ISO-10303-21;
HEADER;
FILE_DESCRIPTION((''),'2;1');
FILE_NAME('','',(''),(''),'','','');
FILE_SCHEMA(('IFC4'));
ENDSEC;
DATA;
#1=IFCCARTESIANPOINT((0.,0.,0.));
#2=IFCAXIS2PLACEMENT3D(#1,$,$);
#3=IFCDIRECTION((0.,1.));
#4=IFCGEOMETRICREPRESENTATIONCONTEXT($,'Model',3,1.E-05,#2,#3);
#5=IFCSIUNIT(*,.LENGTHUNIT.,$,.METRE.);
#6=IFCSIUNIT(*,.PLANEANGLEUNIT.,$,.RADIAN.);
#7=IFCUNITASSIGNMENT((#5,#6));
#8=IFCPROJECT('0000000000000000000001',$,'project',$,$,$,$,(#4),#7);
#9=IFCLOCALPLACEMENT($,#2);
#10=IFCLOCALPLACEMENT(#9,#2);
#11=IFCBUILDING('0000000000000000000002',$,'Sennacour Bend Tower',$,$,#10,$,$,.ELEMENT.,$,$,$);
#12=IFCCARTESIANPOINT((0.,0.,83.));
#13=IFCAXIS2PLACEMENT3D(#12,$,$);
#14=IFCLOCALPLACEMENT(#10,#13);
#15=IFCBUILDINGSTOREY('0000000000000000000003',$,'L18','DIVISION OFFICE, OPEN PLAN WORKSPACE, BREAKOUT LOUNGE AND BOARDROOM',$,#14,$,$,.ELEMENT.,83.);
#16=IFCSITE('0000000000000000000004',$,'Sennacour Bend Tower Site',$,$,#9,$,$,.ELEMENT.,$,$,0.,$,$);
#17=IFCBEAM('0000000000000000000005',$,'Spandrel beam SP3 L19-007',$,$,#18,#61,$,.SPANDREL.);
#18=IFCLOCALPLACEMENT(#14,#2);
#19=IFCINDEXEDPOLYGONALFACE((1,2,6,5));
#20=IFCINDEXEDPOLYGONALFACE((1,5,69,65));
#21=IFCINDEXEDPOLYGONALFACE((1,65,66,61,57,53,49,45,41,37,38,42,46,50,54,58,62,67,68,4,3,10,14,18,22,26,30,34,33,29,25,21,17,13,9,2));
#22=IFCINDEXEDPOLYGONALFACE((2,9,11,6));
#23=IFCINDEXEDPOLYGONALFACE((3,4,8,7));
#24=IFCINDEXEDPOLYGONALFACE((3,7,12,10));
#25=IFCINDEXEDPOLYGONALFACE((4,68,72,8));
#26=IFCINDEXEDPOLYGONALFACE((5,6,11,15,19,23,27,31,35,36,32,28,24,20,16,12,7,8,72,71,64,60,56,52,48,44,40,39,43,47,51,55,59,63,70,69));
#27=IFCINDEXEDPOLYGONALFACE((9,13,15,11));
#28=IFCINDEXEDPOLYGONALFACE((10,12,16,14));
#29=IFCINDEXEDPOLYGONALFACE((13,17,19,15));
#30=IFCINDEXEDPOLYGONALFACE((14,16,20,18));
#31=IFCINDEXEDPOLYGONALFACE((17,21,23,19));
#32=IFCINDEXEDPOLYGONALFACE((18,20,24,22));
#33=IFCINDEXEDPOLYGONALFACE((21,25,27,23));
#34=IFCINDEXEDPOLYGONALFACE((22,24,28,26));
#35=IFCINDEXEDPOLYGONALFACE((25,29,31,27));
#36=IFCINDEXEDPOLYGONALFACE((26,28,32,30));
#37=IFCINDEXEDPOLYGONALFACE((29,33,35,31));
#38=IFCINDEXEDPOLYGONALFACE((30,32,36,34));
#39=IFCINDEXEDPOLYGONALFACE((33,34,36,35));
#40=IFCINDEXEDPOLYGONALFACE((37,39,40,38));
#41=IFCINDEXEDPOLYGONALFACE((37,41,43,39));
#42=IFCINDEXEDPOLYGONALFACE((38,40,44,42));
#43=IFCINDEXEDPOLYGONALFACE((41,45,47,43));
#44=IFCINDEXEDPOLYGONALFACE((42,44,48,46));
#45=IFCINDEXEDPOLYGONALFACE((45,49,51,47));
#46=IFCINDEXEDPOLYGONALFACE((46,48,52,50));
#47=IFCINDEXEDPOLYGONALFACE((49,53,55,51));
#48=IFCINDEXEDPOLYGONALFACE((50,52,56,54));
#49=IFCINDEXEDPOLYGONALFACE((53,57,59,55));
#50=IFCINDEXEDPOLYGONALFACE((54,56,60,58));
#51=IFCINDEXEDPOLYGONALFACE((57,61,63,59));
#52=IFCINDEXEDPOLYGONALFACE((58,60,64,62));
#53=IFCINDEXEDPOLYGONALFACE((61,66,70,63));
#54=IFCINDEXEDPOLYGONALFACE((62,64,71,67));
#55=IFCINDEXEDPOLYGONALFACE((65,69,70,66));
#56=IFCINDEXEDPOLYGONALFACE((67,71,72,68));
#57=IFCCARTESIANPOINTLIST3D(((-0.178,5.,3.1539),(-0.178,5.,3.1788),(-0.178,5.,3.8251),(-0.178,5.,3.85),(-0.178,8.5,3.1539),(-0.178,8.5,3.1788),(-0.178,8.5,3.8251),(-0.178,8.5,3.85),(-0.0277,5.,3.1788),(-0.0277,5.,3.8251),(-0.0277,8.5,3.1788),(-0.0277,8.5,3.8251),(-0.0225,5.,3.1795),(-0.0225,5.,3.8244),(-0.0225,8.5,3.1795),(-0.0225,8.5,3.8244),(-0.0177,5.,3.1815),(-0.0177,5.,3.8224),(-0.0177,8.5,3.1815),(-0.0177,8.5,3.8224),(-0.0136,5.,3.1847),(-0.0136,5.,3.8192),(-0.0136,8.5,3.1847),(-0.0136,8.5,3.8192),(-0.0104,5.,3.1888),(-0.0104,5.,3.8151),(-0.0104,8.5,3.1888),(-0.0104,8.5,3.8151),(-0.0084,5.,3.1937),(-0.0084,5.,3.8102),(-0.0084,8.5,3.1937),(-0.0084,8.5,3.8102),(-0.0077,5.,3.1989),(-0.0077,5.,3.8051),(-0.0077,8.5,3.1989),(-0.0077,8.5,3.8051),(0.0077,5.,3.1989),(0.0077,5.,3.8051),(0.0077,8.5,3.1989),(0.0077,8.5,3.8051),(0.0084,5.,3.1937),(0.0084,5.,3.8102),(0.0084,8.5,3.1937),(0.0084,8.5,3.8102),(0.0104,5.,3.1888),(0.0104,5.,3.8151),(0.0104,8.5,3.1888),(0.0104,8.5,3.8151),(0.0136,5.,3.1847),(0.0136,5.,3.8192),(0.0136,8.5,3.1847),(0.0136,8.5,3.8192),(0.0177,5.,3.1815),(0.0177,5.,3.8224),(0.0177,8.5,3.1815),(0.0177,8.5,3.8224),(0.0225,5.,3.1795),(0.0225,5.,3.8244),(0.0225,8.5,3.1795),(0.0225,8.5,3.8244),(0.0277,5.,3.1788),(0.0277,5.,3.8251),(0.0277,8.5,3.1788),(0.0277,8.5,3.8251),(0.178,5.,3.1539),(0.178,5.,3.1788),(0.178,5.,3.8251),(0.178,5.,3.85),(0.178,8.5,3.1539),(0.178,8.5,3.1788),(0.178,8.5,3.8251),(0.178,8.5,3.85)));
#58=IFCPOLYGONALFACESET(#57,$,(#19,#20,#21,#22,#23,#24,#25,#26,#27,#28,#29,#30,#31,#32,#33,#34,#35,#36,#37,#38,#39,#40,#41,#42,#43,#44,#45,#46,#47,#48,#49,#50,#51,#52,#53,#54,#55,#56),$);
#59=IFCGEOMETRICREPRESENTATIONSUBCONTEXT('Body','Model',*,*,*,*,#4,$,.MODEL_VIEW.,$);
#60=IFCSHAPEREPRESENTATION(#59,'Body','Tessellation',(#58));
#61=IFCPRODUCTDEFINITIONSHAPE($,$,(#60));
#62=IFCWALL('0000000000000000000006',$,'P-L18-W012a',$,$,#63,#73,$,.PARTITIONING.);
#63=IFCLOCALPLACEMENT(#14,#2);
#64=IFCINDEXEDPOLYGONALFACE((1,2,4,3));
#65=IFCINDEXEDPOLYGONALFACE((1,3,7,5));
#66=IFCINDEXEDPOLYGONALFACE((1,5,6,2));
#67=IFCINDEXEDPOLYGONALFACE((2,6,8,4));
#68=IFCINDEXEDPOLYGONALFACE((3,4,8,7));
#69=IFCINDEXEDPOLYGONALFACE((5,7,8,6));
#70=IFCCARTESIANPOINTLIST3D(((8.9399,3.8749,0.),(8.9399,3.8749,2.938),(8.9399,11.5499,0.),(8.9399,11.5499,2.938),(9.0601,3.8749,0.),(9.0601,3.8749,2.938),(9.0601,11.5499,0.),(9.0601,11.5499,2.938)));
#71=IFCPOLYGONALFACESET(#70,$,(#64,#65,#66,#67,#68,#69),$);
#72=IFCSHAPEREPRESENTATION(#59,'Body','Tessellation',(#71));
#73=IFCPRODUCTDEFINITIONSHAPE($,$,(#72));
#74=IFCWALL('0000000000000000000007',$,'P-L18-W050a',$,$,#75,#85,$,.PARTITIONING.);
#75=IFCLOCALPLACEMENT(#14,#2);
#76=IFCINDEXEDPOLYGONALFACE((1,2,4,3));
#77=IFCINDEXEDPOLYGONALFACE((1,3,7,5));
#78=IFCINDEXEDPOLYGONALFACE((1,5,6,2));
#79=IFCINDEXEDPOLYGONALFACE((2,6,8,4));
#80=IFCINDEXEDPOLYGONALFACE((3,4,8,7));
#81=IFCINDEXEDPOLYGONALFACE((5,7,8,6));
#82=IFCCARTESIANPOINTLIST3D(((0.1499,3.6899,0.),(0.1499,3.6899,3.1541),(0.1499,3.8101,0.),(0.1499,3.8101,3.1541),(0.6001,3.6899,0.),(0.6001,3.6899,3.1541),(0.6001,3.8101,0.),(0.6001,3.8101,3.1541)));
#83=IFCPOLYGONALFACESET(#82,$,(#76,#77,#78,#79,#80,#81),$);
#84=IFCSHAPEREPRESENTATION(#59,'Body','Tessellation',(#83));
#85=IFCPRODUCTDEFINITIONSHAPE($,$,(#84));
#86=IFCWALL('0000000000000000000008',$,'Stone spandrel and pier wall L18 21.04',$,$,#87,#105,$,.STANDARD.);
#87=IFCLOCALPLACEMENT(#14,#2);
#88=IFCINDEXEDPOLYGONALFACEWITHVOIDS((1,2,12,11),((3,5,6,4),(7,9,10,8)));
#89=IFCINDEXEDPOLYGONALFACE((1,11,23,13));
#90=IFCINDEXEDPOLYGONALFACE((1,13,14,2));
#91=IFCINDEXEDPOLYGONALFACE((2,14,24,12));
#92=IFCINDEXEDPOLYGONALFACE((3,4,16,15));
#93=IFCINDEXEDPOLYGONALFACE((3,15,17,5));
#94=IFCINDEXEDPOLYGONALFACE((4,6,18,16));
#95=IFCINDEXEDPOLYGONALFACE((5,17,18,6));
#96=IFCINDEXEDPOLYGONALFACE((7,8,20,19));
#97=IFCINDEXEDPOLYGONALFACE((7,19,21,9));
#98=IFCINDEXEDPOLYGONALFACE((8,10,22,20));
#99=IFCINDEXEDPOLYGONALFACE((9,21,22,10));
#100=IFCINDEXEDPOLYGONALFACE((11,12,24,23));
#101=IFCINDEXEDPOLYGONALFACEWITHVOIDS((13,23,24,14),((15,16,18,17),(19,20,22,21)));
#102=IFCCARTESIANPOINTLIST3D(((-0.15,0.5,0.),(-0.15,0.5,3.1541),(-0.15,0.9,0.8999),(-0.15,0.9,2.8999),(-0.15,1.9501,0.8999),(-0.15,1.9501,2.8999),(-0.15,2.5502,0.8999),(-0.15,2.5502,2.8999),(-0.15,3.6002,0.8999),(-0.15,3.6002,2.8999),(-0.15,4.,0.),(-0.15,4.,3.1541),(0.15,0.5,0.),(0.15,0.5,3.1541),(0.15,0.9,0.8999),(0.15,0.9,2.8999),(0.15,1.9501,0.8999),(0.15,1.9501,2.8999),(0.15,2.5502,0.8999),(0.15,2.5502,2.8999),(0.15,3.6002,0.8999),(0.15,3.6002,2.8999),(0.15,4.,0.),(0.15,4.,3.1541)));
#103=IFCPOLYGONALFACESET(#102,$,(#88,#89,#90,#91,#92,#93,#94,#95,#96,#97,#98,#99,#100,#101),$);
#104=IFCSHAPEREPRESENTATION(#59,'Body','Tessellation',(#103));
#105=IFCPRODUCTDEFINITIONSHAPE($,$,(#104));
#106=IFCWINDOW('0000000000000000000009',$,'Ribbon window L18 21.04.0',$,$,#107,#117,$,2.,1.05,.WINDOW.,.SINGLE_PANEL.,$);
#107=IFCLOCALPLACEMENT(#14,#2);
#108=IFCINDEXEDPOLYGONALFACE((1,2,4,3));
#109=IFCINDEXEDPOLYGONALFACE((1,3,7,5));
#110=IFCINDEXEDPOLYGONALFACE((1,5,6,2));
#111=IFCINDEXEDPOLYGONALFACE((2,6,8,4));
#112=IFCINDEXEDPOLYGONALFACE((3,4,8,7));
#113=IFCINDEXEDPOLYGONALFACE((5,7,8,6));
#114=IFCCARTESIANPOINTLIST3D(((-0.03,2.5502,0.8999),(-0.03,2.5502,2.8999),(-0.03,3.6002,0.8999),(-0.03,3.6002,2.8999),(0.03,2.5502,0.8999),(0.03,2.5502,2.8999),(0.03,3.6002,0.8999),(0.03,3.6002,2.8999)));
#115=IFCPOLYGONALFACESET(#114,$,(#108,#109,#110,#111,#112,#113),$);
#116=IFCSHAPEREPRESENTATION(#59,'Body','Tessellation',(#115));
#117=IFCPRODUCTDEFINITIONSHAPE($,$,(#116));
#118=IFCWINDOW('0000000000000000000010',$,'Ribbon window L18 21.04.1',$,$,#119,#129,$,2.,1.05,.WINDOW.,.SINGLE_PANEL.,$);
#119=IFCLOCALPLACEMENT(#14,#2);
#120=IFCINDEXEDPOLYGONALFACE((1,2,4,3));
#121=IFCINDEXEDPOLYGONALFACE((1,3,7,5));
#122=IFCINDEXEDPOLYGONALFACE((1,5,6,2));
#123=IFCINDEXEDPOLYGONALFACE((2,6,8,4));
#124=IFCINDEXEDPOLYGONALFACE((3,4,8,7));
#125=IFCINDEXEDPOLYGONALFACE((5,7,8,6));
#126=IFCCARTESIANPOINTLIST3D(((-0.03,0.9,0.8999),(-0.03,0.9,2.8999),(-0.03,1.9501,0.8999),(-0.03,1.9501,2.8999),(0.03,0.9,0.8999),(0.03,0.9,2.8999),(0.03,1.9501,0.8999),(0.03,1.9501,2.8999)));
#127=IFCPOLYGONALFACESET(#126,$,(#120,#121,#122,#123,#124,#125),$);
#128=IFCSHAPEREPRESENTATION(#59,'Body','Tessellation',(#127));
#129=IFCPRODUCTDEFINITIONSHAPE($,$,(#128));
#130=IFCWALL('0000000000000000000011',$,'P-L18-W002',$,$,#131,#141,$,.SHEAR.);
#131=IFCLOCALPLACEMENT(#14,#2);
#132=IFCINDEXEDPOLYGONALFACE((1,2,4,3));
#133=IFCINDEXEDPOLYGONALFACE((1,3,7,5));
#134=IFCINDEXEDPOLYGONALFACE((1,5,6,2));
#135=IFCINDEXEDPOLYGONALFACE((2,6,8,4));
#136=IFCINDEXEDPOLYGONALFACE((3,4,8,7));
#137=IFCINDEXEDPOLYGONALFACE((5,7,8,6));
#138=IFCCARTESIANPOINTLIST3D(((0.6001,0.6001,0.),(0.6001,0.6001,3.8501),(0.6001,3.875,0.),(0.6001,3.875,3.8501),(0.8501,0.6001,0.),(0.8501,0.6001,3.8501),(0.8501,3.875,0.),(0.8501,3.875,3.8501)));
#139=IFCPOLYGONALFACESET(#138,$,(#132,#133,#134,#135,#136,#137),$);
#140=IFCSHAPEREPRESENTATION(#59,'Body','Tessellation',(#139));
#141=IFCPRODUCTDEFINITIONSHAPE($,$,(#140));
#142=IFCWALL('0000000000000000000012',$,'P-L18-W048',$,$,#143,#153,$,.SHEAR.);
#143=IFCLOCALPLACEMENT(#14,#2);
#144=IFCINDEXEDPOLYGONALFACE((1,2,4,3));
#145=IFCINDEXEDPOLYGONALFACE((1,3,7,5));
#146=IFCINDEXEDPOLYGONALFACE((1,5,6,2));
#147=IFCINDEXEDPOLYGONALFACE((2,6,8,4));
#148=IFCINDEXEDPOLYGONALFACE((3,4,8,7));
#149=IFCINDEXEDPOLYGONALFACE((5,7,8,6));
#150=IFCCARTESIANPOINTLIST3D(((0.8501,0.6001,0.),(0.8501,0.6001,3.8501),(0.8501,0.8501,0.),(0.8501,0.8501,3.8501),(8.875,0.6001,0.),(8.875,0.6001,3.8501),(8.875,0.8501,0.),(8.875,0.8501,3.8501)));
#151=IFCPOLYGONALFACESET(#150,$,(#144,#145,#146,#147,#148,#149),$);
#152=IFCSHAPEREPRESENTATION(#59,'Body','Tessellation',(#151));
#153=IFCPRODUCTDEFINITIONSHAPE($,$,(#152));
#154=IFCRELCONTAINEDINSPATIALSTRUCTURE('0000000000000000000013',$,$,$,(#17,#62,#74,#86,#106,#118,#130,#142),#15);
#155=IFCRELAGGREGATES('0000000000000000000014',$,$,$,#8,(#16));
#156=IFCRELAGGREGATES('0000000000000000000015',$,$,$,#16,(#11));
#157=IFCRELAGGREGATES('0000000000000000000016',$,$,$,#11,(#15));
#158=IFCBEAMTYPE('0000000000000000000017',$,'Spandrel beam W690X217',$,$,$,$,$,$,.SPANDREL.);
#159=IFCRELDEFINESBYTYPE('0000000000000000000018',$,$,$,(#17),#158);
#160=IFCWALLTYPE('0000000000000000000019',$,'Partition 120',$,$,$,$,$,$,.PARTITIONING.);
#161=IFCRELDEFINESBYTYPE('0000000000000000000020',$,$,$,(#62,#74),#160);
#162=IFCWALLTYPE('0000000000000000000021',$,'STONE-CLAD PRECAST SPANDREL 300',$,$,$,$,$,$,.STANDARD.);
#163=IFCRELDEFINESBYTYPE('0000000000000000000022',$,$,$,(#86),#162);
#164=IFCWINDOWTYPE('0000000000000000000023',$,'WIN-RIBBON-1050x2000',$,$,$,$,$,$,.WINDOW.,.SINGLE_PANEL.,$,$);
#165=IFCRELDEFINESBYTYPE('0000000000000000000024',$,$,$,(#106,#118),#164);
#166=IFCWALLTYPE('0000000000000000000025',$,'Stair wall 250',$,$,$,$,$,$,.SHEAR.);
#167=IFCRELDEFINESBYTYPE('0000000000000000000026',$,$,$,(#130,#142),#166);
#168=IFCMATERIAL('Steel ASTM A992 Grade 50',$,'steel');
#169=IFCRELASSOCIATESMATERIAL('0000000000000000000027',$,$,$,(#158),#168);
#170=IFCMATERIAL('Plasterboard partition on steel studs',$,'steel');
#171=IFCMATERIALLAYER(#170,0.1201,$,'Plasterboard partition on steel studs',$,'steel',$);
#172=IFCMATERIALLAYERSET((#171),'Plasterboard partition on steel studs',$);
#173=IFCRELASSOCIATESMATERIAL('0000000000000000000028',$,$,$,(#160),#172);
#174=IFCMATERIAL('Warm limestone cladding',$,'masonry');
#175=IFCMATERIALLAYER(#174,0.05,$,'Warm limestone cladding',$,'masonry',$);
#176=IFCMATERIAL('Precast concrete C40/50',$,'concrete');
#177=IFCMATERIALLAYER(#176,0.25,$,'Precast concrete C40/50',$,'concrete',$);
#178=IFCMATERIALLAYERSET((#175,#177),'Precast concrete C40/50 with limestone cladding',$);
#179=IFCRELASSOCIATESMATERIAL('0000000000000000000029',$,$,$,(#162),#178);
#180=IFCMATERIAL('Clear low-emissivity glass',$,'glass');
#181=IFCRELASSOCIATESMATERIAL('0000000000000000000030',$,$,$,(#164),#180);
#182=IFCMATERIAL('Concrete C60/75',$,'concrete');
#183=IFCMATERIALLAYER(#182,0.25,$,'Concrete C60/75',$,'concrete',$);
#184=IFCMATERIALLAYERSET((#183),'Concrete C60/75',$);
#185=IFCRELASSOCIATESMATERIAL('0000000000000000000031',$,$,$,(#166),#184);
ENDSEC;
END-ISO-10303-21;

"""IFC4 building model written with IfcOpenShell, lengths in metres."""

from ifc_helpers import new_model, si_unit, direction, frame, frame_2d, origin, origin_2d, place, context, subcontext, project, spatial, rectangle, i_section, extrude, material, layer, layer_set, material_profile, profile_set, type_object, element, fill, save


model = new_model("IFC4")

# Units and contexts
model_context = context("Model", 3, precision=1e-05, world=origin(), true_north=direction((0.0, 1.0)))
body_context = subcontext(model_context, "Body", "Model", "MODEL_VIEW")
ifc_project = project(units=[si_unit("LENGTHUNIT", "METRE"), si_unit("PLANEANGLEUNIT", "RADIAN")], contexts=[model_context])

# Site, building, storey
site_placement = place(None, origin())
site = spatial("IfcSite", under=ifc_project, at=site_placement, Name="Sennacour Bend Tower Site", CompositionType="ELEMENT", RefElevation=0.0)
building_placement = place(site_placement, origin())
building = spatial("IfcBuilding", under=site, at=building_placement, Name="Sennacour Bend Tower", CompositionType="ELEMENT")
storey_placement = place(building_placement, frame((0.0, 0.0, 83.0)))
storey = spatial("IfcBuildingStorey", under=building, at=storey_placement, Name="L18", Description="DIVISION OFFICE, OPEN PLAN WORKSPACE, BREAKOUT LOUNGE AND BOARDROOM", CompositionType="ELEMENT", Elevation=83.0)

# Beam
ifc_material_1 = material(Name="Steel ASTM A992 Grade 50", Category="steel")
ifc_material_profile_1 = material_profile(ifc_material_1, i_section(OverallWidth=0.356, OverallDepth=0.696, WebThickness=0.0154, FlangeThickness=0.0249, FilletRadius=0.02, at=origin_2d()), Name="Steel ASTM A992 Grade 50", Category="steel")
ifc_profile_set_1 = profile_set([ifc_material_profile_1], Name="Steel ASTM A992 Grade 50")
beam_type_1 = type_object("IfcBeamType", Name="Spandrel beam W690X217", PredefinedType="SPANDREL", material=ifc_profile_set_1)
beam_placement = place(storey_placement, frame((0.0, 5.0, 3.502), z_axis=(0.0, 1.0, 0.0), x_axis=(-1.0, 0.0, 0.0)))
element("IfcBeam", 1, at=beam_placement, inside=storey, type_object=beam_type_1, Name="Spandrel beam SP3 L19-007", PredefinedType="SPANDREL", context=body_context, shape_type="SweptSolid", body=[
    extrude(i_section(OverallWidth=0.356, OverallDepth=0.696, WebThickness=0.0154, FlangeThickness=0.0249, FilletRadius=0.02, at=origin_2d()), origin(), (0.0, 0.0, 1.0), 3.5),
])

# Walls
ifc_material_2 = material(Name="Plasterboard partition on steel studs", Category="steel")
ifc_layer_1 = layer(ifc_material_2, 0.1201, Name="Plasterboard partition on steel studs", Category="steel")
ifc_layer_set_1 = layer_set([ifc_layer_1], Name="Plasterboard partition on steel studs")
wall_type_1 = type_object("IfcWallType", Name="Partition 120", PredefinedType="PARTITIONING", material=ifc_layer_set_1)
wall_1_placement = place(storey_placement, frame((9.0, 3.875, 0.0), z_axis=(0.0, 0.0, 1.0), x_axis=(0.0, 1.0, 0.0)))
element("IfcWall", 2, at=wall_1_placement, inside=storey, type_object=wall_type_1, Name="P-L18-W012a", PredefinedType="PARTITIONING", context=body_context, shape_type="SweptSolid", body=[
    extrude(rectangle(XDim=7.675, YDim=0.1201, at=frame_2d((3.8374, 0.0))), origin(), (0.0, 0.0, 1.0), 2.938),
])
wall_2_placement = place(storey_placement, frame((0.1499, 3.75, 0.0), z_axis=(0.0, 0.0, 1.0), x_axis=(1.0, 0.0, 0.0)))
element("IfcWall", 3, at=wall_2_placement, inside=storey, type_object=wall_type_1, Name="P-L18-W050a", PredefinedType="PARTITIONING", context=body_context, shape_type="SweptSolid", body=[
    extrude(rectangle(XDim=0.4502, YDim=0.1201, at=frame_2d((0.2251, 0.0))), origin(), (0.0, 0.0, 1.0), 3.1541),
])

# Wall, openings, windows
ifc_material_3 = material(Name="Warm limestone cladding", Category="masonry")
ifc_layer_2 = layer(ifc_material_3, 0.05, Name="Warm limestone cladding", Category="masonry")
ifc_material_4 = material(Name="Precast concrete C40/50", Category="concrete")
ifc_layer_3 = layer(ifc_material_4, 0.25, Name="Precast concrete C40/50", Category="concrete")
ifc_layer_set_2 = layer_set([ifc_layer_2, ifc_layer_3], Name="Precast concrete C40/50 with limestone cladding")
wall_type_2 = type_object("IfcWallType", Name="STONE-CLAD PRECAST SPANDREL 300", PredefinedType="STANDARD", material=ifc_layer_set_2)
wall_3_placement = place(storey_placement, frame((0.0, 4.0, 0.0), z_axis=(0.0, 0.0, 1.0), x_axis=(0.0, -1.0, 0.0)))
wall_3 = element("IfcWall", 4, at=wall_3_placement, inside=storey, type_object=wall_type_2, Name="Stone spandrel and pier wall L18 21.04", PredefinedType="STANDARD", context=body_context, shape_type="SweptSolid", body=[
    extrude(rectangle(XDim=3.5, YDim=0.3, at=frame_2d((1.75, 0.0))), origin(), (0.0, 0.0, 1.0), 3.1541),
])
opening_1_placement = place(wall_3_placement, frame((0.3999, 0.0, 0.8999)))
opening_1 = element("IfcOpeningElement", 5, at=opening_1_placement, cuts=wall_3, PredefinedType="OPENING", context=body_context, shape_type="SweptSolid", body=[
    extrude(rectangle(XDim=1.05, YDim=2.0, at=frame_2d((0.5249, 1.0))), frame((0.0, 0.1602, 0.0), z_axis=(0.0, -1.0, 0.0), x_axis=(1.0, 0.0, 0.0)), (0.0, 0.0, 1.0), 0.3201),
])
opening_2_placement = place(wall_3_placement, frame((2.05, 0.0, 0.8999)))
opening_2 = element("IfcOpeningElement", 6, at=opening_2_placement, cuts=wall_3, PredefinedType="OPENING", context=body_context, shape_type="SweptSolid", body=[
    extrude(rectangle(XDim=1.05, YDim=2.0, at=frame_2d((0.5249, 1.0))), frame((0.0, 0.1602, 0.0), z_axis=(0.0, -1.0, 0.0), x_axis=(1.0, 0.0, 0.0)), (0.0, 0.0, 1.0), 0.3201),
])
ifc_material_5 = material(Name="Clear low-emissivity glass", Category="glass")
window_type = type_object("IfcWindowType", Name="WIN-RIBBON-1050x2000", PartitioningType="SINGLE_PANEL", PredefinedType="WINDOW", material=ifc_material_5)
window_1_placement = place(opening_1_placement, origin())
window_1 = element("IfcWindow", 7, at=window_1_placement, inside=storey, type_object=window_type, Name="Ribbon window L18 21.04.0", OverallHeight=2.0, OverallWidth=1.05, PartitioningType="SINGLE_PANEL", PredefinedType="WINDOW", context=body_context, shape_type="SweptSolid", body=[
    extrude(rectangle(XDim=1.05, YDim=2.0, at=frame_2d((0.5249, 1.0))), frame((0.0, 0.03, 0.0), z_axis=(0.0, -1.0, 0.0), x_axis=(1.0, 0.0, 0.0)), (0.0, 0.0, 1.0), 0.0601),
])
fill(opening_1, window_1)
window_2_placement = place(opening_2_placement, origin())
window_2 = element("IfcWindow", 8, at=window_2_placement, inside=storey, type_object=window_type, Name="Ribbon window L18 21.04.1", OverallHeight=2.0, OverallWidth=1.05, PartitioningType="SINGLE_PANEL", PredefinedType="WINDOW", context=body_context, shape_type="SweptSolid", body=[
    extrude(rectangle(XDim=1.05, YDim=2.0, at=frame_2d((0.5249, 1.0))), frame((0.0, 0.03, 0.0), z_axis=(0.0, -1.0, 0.0), x_axis=(1.0, 0.0, 0.0)), (0.0, 0.0, 1.0), 0.0601),
])
fill(opening_2, window_2)

# Walls
ifc_material_6 = material(Name="Concrete C60/75", Category="concrete")
ifc_layer_4 = layer(ifc_material_6, 0.25, Name="Concrete C60/75", Category="concrete")
ifc_layer_set_3 = layer_set([ifc_layer_4], Name="Concrete C60/75")
wall_type_3 = type_object("IfcWallType", Name="Stair wall 250", PredefinedType="SHEAR", material=ifc_layer_set_3)
wall_4_placement = place(storey_placement, frame((0.7251, 0.6001, 0.0), z_axis=(0.0, 0.0, 1.0), x_axis=(0.0, 1.0, 0.0)))
element("IfcWall", 9, at=wall_4_placement, inside=storey, type_object=wall_type_3, Name="P-L18-W002", PredefinedType="SHEAR", context=body_context, shape_type="SweptSolid", body=[
    extrude(rectangle(XDim=3.2749, YDim=0.25, at=frame_2d((1.6375, 0.0))), origin(), (0.0, 0.0, 1.0), 3.8501),
])
wall_5_placement = place(storey_placement, frame((0.8501, 0.7251, 0.0), z_axis=(0.0, 0.0, 1.0), x_axis=(1.0, 0.0, 0.0)))
element("IfcWall", 10, at=wall_5_placement, inside=storey, type_object=wall_type_3, Name="P-L18-W048", PredefinedType="SHEAR", context=body_context, shape_type="SweptSolid", body=[
    extrude(rectangle(XDim=8.0249, YDim=0.25, at=frame_2d((4.0125, 0.0))), origin(), (0.0, 0.0, 1.0), 3.8501),
])

save(model, "model.ifc")
